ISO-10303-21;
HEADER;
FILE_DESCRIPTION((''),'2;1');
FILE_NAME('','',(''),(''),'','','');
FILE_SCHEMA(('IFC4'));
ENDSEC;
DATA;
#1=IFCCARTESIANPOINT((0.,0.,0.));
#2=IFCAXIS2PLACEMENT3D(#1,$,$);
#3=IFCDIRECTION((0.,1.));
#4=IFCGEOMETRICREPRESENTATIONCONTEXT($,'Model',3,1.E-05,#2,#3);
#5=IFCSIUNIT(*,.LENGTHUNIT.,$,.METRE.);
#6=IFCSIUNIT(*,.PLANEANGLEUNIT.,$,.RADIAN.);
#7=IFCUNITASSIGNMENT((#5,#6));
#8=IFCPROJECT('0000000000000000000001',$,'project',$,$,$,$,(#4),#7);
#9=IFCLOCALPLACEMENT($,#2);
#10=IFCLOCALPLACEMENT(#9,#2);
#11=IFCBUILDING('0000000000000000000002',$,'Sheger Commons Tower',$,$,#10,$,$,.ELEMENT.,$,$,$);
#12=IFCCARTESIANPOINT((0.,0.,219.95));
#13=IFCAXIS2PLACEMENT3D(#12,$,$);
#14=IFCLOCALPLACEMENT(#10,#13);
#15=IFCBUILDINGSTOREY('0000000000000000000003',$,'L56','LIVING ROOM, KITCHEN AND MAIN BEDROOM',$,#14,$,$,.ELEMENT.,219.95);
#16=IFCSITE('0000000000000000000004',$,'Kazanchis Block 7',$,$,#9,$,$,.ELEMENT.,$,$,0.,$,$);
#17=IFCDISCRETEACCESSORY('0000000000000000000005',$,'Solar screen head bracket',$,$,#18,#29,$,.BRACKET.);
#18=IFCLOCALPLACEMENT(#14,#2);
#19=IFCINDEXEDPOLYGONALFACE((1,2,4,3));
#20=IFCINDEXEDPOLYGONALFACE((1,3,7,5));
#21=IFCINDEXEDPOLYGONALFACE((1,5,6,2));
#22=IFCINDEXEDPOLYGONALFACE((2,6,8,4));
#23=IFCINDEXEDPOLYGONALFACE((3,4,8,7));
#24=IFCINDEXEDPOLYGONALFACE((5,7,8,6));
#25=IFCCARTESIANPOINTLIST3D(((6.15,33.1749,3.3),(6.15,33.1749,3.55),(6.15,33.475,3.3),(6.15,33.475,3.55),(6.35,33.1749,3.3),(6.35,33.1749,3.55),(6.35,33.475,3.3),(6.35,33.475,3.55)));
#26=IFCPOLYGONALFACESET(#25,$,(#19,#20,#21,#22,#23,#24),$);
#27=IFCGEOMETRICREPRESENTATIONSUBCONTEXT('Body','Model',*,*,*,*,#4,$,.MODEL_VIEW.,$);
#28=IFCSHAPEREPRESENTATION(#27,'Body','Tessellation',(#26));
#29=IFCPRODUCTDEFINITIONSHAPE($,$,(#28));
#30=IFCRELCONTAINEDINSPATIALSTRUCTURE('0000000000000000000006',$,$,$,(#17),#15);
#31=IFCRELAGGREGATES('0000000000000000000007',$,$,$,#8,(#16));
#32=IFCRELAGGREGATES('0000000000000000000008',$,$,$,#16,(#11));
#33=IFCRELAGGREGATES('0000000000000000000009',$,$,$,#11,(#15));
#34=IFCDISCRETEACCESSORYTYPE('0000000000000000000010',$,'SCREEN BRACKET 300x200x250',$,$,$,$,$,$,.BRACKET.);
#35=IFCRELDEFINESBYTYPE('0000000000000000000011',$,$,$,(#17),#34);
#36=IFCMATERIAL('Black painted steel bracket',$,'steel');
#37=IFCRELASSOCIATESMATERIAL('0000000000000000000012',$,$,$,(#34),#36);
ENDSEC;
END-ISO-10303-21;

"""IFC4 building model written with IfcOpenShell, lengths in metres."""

from ifc_helpers import new_model, si_unit, direction, frame, origin, origin_2d, place, context, subcontext, project, spatial, rectangle, extrude, material, type_object, element, save


model = new_model("IFC4")

# Units and contexts
model_context = context("Model", 3, precision=1e-05, world=origin(), true_north=direction((0.0, 1.0)))
body_context = subcontext(model_context, "Body", "Model", "MODEL_VIEW")
ifc_project = project(units=[si_unit("LENGTHUNIT", "METRE"), si_unit("PLANEANGLEUNIT", "RADIAN")], contexts=[model_context])

# Site, building, storey
site_placement = place(None, origin())
site = spatial("IfcSite", under=ifc_project, at=site_placement, Name="Kazanchis Block 7", CompositionType="ELEMENT", RefElevation=0.0)
building_placement = place(site_placement, origin())
building = spatial("IfcBuilding", under=site, at=building_placement, Name="Sheger Commons Tower", CompositionType="ELEMENT")
storey_placement = place(building_placement, frame((0.0, 0.0, 219.95)))
storey = spatial("IfcBuildingStorey", under=building, at=storey_placement, Name="L56", Description="LIVING ROOM, KITCHEN AND MAIN BEDROOM", CompositionType="ELEMENT", Elevation=219.95)

# Discrete accessory
ifc_material_1 = material(Name="Black painted steel bracket", Category="steel")
discrete_accessory_type = type_object("IfcDiscreteAccessoryType", Name="SCREEN BRACKET 300x200x250", PredefinedType="BRACKET", material=ifc_material_1)
for number, where, z_axis, x_axis, name in (
    (1, (6.25, 33.325, 3.3), (0.0, 0.0, 1.0), (0.0, -1.0, 0.0), "Solar screen head bracket"),
):
    element("IfcDiscreteAccessory", number, at=place(storey_placement, frame(where, z_axis=z_axis, x_axis=x_axis)), inside=storey, type_object=discrete_accessory_type, Name=name, PredefinedType="BRACKET", context=body_context, shape_type="SweptSolid", body=[
        extrude(rectangle(XDim=0.3, YDim=0.2, at=origin_2d()), origin(), (0.0, 0.0, 1.0), 0.25),
    ])

save(model, "model.ifc")
